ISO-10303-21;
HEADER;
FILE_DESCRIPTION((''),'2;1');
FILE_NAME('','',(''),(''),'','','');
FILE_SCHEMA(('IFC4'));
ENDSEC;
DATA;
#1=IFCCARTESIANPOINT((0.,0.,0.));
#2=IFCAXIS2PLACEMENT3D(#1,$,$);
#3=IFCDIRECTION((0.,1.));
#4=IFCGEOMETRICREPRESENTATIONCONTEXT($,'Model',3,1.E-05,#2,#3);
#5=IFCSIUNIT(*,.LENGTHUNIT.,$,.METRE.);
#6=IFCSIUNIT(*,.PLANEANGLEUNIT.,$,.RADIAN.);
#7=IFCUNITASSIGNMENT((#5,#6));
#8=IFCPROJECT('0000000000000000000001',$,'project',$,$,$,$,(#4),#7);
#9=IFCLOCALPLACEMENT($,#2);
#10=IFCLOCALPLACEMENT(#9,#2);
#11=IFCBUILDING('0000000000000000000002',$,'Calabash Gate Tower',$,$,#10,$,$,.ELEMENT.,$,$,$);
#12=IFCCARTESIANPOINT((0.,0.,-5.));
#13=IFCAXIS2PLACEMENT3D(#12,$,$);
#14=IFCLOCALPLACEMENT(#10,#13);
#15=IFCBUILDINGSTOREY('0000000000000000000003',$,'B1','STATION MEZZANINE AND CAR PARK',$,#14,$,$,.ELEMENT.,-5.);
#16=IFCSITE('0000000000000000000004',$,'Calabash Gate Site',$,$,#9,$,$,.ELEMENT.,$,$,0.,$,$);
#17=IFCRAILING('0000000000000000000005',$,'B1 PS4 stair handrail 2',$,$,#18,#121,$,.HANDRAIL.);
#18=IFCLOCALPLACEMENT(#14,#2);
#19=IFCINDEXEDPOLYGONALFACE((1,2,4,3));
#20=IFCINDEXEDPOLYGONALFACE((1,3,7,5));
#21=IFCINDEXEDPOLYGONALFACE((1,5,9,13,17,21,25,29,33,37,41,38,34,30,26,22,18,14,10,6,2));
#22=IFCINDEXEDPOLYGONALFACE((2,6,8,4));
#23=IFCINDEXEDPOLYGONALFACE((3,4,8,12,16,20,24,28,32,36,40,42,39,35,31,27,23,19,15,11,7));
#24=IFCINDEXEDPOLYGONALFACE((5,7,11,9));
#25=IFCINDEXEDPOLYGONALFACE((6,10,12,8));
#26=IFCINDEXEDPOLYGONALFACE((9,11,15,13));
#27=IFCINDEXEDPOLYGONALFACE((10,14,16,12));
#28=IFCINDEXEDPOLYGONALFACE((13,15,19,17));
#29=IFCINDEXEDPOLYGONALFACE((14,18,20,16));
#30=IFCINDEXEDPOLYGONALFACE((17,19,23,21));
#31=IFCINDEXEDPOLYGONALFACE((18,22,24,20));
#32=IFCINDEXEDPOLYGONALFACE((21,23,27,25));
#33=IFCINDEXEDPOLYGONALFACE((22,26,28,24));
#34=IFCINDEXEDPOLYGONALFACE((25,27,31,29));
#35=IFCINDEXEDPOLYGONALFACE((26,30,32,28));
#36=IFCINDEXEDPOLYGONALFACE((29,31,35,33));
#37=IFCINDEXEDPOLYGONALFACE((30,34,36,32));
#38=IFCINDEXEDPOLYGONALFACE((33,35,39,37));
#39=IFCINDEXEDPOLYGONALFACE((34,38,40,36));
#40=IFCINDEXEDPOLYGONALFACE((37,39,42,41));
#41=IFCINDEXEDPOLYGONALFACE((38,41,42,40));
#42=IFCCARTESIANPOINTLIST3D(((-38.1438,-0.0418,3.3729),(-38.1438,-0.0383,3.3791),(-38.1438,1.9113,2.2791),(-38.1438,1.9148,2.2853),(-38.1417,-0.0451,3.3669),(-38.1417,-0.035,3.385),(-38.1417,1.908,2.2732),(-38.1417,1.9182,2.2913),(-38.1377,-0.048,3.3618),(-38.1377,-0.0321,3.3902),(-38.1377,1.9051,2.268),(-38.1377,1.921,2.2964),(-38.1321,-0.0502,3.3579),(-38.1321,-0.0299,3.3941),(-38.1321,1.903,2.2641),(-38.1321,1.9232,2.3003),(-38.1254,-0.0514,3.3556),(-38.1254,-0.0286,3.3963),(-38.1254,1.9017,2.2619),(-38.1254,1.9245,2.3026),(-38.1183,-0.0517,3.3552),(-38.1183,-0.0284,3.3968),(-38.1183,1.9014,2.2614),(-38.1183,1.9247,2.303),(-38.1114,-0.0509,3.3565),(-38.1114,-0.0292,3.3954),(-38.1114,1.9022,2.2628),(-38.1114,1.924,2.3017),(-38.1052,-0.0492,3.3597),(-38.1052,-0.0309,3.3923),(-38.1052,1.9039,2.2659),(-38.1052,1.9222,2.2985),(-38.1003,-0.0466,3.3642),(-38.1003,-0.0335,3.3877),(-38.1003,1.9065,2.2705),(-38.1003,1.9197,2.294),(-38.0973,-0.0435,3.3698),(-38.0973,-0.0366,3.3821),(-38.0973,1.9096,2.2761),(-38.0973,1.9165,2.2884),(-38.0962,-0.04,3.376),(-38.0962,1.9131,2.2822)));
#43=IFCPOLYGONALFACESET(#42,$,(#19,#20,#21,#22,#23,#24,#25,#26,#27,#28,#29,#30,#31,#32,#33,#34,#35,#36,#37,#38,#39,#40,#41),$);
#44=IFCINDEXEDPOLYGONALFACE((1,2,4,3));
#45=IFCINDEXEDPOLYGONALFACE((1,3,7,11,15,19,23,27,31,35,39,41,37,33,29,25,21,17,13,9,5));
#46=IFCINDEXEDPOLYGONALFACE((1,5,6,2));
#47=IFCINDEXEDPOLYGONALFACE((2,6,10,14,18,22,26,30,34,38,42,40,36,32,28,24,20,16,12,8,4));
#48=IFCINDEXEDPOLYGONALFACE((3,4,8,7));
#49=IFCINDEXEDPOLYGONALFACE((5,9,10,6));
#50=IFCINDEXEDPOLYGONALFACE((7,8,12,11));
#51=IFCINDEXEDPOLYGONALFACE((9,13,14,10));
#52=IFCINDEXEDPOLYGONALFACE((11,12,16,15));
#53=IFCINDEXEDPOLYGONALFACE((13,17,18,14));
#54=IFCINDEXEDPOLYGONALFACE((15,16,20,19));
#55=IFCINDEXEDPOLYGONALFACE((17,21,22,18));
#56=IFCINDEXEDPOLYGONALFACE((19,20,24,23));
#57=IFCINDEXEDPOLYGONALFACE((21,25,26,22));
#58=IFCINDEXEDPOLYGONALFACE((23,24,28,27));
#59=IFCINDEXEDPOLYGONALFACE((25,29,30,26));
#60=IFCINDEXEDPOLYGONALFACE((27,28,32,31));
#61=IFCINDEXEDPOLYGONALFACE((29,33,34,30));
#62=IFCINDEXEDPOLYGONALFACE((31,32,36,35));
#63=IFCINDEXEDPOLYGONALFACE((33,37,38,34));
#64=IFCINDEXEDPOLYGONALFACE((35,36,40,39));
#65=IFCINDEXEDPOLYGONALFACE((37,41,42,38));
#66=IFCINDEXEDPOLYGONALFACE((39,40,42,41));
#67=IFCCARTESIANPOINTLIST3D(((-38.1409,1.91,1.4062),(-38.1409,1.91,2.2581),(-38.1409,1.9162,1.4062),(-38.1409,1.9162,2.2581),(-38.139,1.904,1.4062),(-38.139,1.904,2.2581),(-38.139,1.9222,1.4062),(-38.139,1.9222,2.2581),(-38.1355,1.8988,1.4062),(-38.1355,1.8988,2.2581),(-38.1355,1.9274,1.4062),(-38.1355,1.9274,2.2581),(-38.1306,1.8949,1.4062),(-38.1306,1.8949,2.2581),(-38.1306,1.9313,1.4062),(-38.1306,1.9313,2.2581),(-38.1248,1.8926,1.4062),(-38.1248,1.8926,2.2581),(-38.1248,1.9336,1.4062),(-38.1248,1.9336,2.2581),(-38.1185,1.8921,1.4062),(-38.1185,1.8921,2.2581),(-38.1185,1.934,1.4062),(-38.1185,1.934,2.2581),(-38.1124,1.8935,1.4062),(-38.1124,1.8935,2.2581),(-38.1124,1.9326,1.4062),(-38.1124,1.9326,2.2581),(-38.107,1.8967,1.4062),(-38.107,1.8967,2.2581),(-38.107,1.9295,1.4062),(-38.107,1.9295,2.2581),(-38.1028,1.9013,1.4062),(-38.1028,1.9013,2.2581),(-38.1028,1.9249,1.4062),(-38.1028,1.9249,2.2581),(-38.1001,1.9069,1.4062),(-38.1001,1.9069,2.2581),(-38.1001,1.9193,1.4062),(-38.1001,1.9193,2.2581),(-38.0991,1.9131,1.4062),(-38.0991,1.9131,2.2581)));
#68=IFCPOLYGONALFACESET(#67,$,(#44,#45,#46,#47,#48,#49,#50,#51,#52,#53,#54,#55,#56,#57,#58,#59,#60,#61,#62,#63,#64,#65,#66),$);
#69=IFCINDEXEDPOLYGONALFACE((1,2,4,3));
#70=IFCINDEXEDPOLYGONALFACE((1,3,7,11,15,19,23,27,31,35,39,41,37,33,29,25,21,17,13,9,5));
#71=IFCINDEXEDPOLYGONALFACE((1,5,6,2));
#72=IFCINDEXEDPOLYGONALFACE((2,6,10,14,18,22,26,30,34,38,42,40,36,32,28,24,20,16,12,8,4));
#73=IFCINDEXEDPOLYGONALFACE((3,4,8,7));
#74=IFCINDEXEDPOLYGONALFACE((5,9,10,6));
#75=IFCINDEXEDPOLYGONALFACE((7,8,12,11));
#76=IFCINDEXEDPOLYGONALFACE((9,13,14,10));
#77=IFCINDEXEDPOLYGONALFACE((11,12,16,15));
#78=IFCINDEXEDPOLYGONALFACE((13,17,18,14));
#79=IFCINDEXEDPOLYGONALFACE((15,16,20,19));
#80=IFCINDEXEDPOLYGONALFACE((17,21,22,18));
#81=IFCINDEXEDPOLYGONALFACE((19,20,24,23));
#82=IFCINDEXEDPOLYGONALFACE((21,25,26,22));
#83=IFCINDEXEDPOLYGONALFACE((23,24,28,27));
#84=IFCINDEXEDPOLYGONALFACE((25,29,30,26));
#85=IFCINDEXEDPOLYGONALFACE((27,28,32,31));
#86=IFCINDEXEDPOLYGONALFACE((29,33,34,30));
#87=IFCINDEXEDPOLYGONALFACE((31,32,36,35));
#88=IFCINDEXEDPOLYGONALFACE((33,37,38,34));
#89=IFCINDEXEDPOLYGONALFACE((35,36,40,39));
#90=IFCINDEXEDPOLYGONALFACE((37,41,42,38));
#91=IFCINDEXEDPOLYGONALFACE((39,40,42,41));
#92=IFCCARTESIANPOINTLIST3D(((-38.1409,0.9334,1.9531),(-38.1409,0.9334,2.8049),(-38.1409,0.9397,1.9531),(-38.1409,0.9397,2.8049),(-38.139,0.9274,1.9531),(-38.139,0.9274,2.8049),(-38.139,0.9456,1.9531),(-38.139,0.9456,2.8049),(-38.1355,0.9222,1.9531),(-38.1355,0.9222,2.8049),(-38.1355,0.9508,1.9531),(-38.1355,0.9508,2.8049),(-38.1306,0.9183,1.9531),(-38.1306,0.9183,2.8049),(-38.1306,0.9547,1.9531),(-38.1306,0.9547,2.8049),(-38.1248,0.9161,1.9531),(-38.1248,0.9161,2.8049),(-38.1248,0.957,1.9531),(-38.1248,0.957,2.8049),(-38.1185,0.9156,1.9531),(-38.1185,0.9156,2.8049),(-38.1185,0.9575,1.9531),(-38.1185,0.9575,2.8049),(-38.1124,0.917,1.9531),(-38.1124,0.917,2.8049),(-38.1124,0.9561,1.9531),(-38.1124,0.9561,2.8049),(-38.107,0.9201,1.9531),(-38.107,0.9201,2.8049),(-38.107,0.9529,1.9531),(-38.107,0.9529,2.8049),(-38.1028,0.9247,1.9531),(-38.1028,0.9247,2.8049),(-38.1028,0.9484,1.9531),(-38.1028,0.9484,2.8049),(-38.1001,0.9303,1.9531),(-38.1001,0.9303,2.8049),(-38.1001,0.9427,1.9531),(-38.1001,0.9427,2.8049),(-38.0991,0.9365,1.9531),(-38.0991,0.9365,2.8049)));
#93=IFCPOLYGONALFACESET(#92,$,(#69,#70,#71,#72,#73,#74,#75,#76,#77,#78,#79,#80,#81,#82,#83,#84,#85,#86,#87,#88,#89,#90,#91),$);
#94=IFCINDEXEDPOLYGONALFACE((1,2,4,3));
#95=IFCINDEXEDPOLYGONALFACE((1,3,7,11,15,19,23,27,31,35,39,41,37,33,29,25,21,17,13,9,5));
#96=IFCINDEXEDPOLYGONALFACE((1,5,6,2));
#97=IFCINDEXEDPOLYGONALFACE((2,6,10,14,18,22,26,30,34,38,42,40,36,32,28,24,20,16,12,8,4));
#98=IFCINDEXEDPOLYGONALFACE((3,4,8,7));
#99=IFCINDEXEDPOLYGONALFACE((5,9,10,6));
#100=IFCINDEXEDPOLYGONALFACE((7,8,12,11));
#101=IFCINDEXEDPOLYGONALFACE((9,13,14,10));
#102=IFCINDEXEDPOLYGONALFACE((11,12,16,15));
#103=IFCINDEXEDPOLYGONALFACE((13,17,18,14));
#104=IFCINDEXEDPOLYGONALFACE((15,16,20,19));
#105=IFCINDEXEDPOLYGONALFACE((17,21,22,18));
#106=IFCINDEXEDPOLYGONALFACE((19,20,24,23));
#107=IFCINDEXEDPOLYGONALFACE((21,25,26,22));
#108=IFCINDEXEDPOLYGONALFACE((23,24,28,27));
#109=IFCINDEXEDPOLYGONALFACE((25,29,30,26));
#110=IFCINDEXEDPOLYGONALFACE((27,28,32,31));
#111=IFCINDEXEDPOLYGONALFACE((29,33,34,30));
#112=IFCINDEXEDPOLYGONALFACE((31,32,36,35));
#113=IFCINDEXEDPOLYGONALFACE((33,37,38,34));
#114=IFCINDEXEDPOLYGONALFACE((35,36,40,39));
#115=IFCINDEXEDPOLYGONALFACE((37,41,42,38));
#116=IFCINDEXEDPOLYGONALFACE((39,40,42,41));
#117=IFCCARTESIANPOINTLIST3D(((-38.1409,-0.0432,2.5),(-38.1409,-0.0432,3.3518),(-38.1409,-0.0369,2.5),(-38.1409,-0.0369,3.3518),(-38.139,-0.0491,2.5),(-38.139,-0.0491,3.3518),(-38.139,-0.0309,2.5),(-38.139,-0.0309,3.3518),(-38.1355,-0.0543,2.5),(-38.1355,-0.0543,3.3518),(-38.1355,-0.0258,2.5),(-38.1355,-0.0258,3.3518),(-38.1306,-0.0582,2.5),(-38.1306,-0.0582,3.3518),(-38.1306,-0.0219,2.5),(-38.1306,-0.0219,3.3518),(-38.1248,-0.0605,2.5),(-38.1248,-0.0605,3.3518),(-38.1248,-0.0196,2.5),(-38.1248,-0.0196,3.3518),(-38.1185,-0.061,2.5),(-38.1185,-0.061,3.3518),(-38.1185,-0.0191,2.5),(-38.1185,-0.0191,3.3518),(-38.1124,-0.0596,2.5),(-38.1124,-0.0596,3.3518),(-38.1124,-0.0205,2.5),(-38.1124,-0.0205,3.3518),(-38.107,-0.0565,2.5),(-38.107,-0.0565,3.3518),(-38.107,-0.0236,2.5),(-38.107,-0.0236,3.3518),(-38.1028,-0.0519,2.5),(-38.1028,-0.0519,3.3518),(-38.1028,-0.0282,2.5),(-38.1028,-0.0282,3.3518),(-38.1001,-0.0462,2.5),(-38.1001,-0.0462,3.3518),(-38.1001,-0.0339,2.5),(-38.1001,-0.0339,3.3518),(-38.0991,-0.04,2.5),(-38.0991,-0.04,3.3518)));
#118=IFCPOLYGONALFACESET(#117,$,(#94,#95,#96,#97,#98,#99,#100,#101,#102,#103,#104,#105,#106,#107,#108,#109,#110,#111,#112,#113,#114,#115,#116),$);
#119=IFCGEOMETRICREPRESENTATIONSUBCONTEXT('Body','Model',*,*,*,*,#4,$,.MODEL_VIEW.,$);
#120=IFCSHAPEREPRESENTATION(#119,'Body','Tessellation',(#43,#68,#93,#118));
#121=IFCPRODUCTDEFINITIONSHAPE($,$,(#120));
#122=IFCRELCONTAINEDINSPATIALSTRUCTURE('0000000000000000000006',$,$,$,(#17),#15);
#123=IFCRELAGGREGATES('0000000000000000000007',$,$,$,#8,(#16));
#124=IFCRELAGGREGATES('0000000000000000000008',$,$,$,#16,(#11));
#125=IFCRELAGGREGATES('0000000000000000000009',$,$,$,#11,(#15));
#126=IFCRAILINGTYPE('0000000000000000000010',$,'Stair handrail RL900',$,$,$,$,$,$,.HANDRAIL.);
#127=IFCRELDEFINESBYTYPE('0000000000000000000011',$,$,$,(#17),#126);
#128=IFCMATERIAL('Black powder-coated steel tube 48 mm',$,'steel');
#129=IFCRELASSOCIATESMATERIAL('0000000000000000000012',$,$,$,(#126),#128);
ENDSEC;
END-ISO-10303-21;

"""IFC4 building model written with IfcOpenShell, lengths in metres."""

from ifc_helpers import new_model, si_unit, direction, frame, origin, origin_2d, place, context, subcontext, project, spatial, circle, extrude, material, type_object, element, save


model = new_model("IFC4")

# Units and contexts
model_context = context("Model", 3, precision=1e-05, world=origin(), true_north=direction((0.0, 1.0)))
body_context = subcontext(model_context, "Body", "Model", "MODEL_VIEW")
ifc_project = project(units=[si_unit("LENGTHUNIT", "METRE"), si_unit("PLANEANGLEUNIT", "RADIAN")], contexts=[model_context])

# Site, building, storey
site_placement = place(None, origin())
site = spatial("IfcSite", under=ifc_project, at=site_placement, Name="Calabash Gate Site", CompositionType="ELEMENT", RefElevation=0.0)
building_placement = place(site_placement, origin())
building = spatial("IfcBuilding", under=site, at=building_placement, Name="Calabash Gate Tower", CompositionType="ELEMENT")
storey_placement = place(building_placement, frame((0.0, 0.0, -5.0)))
storey = spatial("IfcBuildingStorey", under=building, at=storey_placement, Name="B1", Description="STATION MEZZANINE AND CAR PARK", CompositionType="ELEMENT", Elevation=-5.0)

# Railing
ifc_material_1 = material(Name="Black powder-coated steel tube 48 mm", Category="steel")
railing_type = type_object("IfcRailingType", Name="Stair handrail RL900", PredefinedType="HANDRAIL", material=ifc_material_1)
railing_placement = place(storey_placement, frame((-38.1201, 1.9131, 1.4062)))
element("IfcRailing", 1, at=railing_placement, inside=storey, type_object=railing_type, Name="B1 PS4 stair handrail 2", PredefinedType="HANDRAIL", context=body_context, shape_type="SweptSolid", body=[
    extrude(circle(Radius=0.0239, at=origin_2d()), frame((0.0, 0.0, 0.876), z_axis=(0.0, -0.872506, 0.488603), x_axis=(1.0, 0.0, 0.0)), (0.0, 0.0, 1.0), 2.2385),
    extrude(circle(Radius=0.021, at=origin_2d()), origin(), (0.0, 0.0, 1.0), 0.8518),
    extrude(circle(Radius=0.021, at=origin_2d()), frame((0.0, -0.9766, 0.5469)), (0.0, 0.0, 1.0), 0.8518),
    extrude(circle(Radius=0.021, at=origin_2d()), frame((0.0, -1.9531, 1.0938)), (0.0, 0.0, 1.0), 0.8518),
])

save(model, "model.ifc")
